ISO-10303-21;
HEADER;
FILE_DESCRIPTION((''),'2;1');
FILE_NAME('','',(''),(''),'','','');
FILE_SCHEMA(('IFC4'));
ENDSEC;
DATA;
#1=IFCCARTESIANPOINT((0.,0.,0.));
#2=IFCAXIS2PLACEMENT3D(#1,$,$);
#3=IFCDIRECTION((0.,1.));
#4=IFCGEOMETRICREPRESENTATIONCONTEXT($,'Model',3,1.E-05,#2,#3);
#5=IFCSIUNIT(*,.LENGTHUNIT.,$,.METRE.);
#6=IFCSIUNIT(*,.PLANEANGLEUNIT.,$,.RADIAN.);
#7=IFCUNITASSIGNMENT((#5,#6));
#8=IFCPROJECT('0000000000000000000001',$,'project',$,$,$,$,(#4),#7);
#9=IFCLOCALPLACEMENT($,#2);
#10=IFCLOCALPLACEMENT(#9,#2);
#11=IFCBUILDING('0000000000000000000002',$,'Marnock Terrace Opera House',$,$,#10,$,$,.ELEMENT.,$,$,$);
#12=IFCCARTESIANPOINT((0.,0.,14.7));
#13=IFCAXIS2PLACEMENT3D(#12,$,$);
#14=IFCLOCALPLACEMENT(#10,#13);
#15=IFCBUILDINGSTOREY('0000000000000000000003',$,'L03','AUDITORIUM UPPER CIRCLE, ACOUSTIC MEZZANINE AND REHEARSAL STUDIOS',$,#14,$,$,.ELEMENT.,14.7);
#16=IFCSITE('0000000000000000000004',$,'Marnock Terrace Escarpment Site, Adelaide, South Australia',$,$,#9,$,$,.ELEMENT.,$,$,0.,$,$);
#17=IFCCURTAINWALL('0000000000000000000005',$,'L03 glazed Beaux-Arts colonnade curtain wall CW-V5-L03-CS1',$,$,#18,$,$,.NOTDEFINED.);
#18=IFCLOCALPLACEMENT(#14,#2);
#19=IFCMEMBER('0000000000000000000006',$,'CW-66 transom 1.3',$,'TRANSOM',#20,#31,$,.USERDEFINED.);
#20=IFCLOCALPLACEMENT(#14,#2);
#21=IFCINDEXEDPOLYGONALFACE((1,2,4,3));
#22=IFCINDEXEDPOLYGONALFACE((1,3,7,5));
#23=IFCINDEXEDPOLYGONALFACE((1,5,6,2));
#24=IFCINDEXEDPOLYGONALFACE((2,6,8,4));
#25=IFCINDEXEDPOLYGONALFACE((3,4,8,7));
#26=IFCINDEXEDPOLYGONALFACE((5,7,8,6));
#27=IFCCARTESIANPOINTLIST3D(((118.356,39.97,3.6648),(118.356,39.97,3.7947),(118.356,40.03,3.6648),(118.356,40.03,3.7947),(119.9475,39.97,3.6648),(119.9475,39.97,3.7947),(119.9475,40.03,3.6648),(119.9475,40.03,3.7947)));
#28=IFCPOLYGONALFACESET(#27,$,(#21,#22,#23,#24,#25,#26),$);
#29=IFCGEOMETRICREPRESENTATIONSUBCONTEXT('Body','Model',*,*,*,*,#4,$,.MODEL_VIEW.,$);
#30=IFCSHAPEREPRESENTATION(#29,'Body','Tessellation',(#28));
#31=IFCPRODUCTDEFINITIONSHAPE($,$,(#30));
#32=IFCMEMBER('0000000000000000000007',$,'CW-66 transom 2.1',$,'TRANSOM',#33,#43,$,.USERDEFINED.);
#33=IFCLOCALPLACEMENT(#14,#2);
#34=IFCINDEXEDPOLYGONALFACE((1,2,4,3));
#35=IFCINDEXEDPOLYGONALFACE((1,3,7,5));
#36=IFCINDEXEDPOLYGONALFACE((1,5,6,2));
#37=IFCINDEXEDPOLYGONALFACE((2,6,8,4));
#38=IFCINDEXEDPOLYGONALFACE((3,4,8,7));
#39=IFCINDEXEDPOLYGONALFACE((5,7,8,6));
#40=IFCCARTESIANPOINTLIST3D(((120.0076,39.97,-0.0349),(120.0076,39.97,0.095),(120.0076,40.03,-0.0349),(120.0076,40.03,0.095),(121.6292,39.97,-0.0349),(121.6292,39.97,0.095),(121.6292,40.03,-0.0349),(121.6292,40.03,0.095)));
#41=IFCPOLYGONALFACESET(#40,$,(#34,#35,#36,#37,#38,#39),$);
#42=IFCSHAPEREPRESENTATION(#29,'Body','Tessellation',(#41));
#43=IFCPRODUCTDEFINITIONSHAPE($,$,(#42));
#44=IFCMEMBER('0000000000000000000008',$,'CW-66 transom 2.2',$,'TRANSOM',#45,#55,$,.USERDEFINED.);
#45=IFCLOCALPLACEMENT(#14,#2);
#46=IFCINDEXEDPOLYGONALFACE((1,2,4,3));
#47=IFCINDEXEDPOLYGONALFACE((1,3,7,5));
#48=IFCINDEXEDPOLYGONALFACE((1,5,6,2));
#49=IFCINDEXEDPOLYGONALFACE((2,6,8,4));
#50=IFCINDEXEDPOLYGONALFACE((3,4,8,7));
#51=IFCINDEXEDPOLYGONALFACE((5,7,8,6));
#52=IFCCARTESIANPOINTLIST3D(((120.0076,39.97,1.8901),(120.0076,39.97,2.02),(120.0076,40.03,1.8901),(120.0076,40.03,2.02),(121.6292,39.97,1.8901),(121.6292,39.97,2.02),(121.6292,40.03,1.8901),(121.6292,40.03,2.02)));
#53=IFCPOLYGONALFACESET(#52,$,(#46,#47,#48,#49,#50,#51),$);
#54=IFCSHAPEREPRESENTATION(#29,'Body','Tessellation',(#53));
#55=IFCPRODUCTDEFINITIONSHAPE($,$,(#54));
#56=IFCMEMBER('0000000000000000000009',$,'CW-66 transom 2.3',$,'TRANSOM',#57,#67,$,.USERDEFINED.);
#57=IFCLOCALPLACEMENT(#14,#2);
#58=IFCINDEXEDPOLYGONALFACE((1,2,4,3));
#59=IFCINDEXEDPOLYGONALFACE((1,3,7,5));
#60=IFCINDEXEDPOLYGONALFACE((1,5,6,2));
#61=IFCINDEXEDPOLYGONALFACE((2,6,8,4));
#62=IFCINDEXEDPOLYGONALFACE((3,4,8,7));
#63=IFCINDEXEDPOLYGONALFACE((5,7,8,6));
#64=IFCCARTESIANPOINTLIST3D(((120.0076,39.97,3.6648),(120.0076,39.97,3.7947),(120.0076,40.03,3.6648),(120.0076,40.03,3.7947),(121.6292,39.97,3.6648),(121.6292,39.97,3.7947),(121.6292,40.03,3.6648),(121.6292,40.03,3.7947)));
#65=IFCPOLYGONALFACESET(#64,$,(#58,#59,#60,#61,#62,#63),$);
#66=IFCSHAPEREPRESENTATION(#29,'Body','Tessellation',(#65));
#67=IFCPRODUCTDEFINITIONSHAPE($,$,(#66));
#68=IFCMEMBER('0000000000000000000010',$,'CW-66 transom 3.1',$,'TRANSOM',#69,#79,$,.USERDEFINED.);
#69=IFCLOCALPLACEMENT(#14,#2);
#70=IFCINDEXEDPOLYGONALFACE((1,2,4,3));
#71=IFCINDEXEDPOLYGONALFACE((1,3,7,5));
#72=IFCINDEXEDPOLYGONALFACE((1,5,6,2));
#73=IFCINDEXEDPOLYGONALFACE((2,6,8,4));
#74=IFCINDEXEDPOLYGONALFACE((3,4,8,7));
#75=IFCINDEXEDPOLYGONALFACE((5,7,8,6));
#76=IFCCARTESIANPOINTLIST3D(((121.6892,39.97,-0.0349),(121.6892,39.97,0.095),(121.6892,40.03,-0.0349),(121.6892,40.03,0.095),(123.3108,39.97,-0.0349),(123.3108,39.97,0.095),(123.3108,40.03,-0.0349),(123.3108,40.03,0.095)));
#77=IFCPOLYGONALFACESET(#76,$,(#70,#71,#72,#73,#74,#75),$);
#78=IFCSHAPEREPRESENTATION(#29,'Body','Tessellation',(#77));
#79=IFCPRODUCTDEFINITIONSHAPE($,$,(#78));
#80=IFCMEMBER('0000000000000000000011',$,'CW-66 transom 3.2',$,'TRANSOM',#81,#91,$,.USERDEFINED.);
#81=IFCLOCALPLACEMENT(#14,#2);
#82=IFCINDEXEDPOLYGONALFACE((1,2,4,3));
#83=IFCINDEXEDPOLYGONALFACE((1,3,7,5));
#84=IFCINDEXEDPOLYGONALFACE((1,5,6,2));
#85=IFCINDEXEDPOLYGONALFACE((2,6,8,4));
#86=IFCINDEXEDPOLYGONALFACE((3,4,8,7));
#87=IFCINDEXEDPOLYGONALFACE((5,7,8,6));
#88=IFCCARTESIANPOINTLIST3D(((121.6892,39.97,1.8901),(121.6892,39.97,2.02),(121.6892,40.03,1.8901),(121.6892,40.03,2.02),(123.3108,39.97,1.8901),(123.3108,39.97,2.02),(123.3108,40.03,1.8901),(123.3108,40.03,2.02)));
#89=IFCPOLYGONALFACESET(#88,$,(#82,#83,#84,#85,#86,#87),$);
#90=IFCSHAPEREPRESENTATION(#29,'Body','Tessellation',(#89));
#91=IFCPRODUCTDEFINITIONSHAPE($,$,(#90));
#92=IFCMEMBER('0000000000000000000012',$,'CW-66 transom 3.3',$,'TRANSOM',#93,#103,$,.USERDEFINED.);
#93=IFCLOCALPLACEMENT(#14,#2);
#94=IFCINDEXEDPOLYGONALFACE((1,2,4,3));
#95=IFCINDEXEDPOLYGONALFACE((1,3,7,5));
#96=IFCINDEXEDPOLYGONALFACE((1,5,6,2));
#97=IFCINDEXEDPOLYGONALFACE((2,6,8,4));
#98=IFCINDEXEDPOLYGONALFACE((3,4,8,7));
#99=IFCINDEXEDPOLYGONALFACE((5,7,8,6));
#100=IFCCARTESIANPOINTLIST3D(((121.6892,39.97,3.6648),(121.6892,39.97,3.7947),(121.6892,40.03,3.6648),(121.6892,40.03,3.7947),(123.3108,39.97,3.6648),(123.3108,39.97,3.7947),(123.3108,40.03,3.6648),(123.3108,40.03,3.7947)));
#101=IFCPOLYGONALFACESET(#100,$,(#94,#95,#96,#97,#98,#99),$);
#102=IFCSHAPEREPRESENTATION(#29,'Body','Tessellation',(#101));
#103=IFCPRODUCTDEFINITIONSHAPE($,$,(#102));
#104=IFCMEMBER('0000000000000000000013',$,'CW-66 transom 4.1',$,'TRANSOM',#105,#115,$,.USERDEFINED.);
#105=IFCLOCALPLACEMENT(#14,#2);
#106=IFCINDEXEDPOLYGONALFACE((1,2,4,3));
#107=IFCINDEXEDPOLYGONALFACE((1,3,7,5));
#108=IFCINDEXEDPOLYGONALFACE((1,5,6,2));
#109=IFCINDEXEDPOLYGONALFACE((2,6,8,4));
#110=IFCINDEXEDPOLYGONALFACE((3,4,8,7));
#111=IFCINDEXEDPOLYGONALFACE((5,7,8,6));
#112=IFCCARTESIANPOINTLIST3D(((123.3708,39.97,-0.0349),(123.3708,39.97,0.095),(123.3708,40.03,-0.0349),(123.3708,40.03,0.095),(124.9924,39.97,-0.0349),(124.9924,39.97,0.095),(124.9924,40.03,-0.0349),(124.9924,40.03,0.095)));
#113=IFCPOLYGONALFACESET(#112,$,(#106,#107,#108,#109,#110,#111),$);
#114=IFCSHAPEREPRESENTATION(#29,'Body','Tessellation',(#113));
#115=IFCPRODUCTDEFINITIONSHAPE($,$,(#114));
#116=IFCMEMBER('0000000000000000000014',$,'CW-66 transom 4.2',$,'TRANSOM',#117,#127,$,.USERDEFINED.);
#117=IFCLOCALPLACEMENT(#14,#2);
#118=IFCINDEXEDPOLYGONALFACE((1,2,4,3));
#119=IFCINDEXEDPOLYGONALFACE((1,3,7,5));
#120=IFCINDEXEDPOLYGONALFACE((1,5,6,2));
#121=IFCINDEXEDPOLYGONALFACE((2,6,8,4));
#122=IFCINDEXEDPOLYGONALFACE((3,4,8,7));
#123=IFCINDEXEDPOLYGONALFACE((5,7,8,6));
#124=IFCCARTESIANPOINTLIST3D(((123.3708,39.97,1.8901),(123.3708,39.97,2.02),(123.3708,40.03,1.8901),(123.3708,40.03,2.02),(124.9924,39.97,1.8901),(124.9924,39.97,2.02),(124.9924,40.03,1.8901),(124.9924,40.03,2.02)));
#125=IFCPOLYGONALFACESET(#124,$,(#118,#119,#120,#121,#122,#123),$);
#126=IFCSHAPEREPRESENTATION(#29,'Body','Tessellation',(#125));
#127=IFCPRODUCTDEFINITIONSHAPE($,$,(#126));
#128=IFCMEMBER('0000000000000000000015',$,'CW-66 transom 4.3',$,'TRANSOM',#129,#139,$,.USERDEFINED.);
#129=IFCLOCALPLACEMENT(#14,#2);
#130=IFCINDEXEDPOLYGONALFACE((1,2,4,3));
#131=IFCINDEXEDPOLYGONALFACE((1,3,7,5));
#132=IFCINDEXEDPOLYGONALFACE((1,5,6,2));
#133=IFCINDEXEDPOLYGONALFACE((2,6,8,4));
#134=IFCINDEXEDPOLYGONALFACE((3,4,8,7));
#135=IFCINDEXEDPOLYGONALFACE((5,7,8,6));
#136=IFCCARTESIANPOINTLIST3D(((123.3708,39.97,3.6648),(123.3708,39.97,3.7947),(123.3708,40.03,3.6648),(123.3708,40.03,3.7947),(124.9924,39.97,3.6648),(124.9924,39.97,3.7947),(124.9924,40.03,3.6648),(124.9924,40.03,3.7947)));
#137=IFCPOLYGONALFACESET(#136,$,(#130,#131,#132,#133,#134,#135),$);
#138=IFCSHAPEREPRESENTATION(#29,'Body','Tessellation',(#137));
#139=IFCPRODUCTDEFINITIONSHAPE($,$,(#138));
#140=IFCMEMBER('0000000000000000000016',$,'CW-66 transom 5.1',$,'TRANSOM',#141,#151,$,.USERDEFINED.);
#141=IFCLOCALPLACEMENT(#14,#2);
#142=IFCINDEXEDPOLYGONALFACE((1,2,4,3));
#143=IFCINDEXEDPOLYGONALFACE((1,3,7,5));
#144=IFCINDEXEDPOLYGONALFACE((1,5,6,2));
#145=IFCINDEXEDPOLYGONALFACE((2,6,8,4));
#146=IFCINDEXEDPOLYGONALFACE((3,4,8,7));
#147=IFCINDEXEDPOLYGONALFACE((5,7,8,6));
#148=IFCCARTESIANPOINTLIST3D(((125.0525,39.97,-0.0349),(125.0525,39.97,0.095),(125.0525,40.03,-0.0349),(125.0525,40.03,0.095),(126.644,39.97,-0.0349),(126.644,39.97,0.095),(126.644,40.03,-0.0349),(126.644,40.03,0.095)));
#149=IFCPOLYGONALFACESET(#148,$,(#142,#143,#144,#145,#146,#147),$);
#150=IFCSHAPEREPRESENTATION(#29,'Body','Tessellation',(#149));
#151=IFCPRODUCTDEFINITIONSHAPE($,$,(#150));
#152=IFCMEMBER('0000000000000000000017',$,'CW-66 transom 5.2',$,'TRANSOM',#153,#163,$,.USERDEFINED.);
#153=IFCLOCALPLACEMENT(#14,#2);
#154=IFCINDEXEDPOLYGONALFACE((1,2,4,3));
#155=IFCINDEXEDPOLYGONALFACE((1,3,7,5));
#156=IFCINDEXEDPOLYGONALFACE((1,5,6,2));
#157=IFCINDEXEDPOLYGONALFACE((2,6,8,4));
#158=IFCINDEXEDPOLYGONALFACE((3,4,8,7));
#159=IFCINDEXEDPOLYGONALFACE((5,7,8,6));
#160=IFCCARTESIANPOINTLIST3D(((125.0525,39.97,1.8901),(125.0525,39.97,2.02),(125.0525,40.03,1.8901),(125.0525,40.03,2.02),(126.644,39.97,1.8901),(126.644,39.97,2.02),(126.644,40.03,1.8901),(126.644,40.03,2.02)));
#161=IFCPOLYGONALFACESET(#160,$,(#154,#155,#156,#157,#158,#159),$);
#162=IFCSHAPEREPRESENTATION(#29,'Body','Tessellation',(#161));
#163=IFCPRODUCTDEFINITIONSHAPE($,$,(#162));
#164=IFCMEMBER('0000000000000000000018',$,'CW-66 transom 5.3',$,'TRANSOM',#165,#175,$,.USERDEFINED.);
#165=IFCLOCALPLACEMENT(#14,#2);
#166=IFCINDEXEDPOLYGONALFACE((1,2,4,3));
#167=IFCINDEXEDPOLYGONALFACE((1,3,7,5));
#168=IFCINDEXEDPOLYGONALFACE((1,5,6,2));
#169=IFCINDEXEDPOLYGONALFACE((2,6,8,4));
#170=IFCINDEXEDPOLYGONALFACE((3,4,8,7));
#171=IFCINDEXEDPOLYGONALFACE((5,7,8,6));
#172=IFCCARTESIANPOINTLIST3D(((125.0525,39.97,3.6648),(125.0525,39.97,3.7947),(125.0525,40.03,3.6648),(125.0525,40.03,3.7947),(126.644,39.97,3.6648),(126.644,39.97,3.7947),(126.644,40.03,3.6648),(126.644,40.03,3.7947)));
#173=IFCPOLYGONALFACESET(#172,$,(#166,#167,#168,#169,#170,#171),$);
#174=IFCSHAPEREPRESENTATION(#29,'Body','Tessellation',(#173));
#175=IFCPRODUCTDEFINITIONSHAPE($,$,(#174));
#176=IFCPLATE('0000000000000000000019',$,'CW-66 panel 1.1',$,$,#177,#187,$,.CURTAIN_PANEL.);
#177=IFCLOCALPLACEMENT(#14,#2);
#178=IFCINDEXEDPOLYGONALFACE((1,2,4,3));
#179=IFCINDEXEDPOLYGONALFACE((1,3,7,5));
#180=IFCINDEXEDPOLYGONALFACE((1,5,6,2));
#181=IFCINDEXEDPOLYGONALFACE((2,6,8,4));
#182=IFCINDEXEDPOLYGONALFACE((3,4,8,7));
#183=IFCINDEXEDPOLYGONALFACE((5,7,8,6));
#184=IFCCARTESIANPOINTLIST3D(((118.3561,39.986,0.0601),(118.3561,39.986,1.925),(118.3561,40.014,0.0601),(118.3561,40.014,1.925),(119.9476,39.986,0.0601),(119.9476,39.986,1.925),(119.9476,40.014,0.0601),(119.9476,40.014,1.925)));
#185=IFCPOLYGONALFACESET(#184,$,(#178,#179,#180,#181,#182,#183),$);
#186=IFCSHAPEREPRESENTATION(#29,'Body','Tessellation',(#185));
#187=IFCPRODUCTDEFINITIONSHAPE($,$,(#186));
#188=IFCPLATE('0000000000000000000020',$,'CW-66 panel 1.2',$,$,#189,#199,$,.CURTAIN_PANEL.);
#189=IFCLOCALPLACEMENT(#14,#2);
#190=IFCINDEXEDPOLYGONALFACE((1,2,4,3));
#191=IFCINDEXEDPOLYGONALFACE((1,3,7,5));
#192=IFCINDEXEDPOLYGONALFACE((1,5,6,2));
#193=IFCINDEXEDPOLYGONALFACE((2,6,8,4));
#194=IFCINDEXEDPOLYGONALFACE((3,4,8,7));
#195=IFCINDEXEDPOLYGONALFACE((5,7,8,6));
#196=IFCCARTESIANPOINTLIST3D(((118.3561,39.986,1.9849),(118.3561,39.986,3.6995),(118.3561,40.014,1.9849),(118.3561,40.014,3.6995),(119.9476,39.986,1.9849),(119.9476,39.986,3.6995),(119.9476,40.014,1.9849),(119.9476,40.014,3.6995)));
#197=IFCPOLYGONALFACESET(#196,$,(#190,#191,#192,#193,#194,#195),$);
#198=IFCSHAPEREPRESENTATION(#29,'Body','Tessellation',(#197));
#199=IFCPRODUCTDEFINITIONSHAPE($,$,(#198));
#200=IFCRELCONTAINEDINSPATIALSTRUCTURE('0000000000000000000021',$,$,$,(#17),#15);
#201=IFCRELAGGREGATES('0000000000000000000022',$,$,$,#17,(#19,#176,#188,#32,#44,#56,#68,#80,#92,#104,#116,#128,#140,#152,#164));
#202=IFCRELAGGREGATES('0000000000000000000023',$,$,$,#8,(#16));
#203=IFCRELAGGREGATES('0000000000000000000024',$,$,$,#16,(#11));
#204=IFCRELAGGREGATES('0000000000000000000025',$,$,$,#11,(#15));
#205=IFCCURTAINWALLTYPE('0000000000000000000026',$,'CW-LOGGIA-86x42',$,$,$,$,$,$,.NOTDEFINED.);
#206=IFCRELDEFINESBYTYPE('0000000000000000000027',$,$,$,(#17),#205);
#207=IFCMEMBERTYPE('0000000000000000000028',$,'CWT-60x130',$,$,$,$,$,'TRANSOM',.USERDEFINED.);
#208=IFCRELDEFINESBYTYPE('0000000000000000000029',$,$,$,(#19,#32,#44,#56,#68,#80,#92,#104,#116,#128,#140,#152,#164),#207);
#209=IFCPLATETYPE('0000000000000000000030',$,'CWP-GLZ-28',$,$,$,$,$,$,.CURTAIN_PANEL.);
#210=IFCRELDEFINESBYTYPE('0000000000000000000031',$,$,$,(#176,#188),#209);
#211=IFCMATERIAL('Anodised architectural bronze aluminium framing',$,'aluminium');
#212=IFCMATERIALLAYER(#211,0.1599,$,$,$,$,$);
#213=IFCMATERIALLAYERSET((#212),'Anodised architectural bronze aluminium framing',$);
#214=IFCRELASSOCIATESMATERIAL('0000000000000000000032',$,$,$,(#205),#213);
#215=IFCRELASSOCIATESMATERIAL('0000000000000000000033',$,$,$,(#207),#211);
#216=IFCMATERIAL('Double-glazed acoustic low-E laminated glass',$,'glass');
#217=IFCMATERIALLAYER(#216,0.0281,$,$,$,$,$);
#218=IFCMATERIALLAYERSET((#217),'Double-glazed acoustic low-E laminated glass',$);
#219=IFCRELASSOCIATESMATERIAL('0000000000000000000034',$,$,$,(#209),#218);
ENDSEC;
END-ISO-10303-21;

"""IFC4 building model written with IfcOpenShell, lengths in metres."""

from ifc_helpers import new_model, si_unit, direction, frame, origin, origin_2d, place, context, subcontext, project, spatial, rectangle, extrude, material, layer, layer_set, material_profile, profile_set, type_object, element, aggregate, save


model = new_model("IFC4")

# Units and contexts
model_context = context("Model", 3, precision=1e-05, world=origin(), true_north=direction((0.0, 1.0)))
body_context = subcontext(model_context, "Body", "Model", "MODEL_VIEW")
ifc_project = project(units=[si_unit("LENGTHUNIT", "METRE"), si_unit("PLANEANGLEUNIT", "RADIAN")], contexts=[model_context])

# Site, building, storey
site_placement = place(None, origin())
site = spatial("IfcSite", under=ifc_project, at=site_placement, Name="Marnock Terrace Escarpment Site, Adelaide, South Australia", CompositionType="ELEMENT", RefElevation=0.0)
building_placement = place(site_placement, origin())
building = spatial("IfcBuilding", under=site, at=building_placement, Name="Marnock Terrace Opera House", CompositionType="ELEMENT")
storey_placement = place(building_placement, frame((0.0, 0.0, 14.7)))
storey = spatial("IfcBuildingStorey", under=building, at=storey_placement, Name="L03", Description="AUDITORIUM UPPER CIRCLE, ACOUSTIC MEZZANINE AND REHEARSAL STUDIOS", CompositionType="ELEMENT", Elevation=14.7)

# Shared definitions
ifc_material_1 = material(Name="Anodised architectural bronze aluminium framing", Category="aluminium")
ifc_layer_1 = layer(ifc_material_1, 0.1599)
ifc_layer_set_1 = layer_set([ifc_layer_1], Name="Anodised architectural bronze aluminium framing")
curtain_wall_type = type_object("IfcCurtainWallType", Name="CW-LOGGIA-86x42", PredefinedType="NOTDEFINED", material=ifc_layer_set_1)

# Curtain wall, members, plates
curtain_wall_1_placement = place(storey_placement, origin())
curtain_wall_1 = element("IfcCurtainWall", 1, at=curtain_wall_1_placement, inside=storey, type_object=curtain_wall_type, Name="L03 glazed Beaux-Arts colonnade curtain wall CW-V5-L03-CS1", PredefinedType="NOTDEFINED")
ifc_material_profile_1 = material_profile(ifc_material_1, rectangle(XDim=0.0601, YDim=0.1299, at=origin_2d()))
ifc_profile_set_1 = profile_set([ifc_material_profile_1], Name="Anodised architectural bronze aluminium framing")
member_type_1 = type_object("IfcMemberType", Name="CWT-60x130", ElementType="TRANSOM", PredefinedType="USERDEFINED", material=ifc_profile_set_1)
member_1_placement = place(storey_placement, frame((118.356, 40.0, 3.7297), z_axis=(1.0, 0.0, 0.0), x_axis=(0.0, 1.0, 0.0)))
member_1 = element("IfcMember", 2, at=member_1_placement, type_object=member_type_1, Name="CW-66 transom 1.3", ObjectType="TRANSOM", PredefinedType="USERDEFINED", context=body_context, shape_type="SweptSolid", body=[
    extrude(rectangle(XDim=0.0601, YDim=0.1299, at=origin_2d()), origin(), (0.0, 0.0, 1.0), 1.5916),
])
member_2_placement = place(storey_placement, frame((120.0076, 40.0, 0.03), z_axis=(1.0, 0.0, 0.0), x_axis=(0.0, 1.0, 0.0)))
member_2 = element("IfcMember", 3, at=member_2_placement, type_object=member_type_1, Name="CW-66 transom 2.1", ObjectType="TRANSOM", PredefinedType="USERDEFINED", context=body_context, shape_type="SweptSolid", body=[
    extrude(rectangle(XDim=0.0601, YDim=0.1299, at=origin_2d()), origin(), (0.0, 0.0, 1.0), 1.6216),
])
member_3_placement = place(storey_placement, frame((120.0076, 40.0, 1.9551), z_axis=(1.0, 0.0, 0.0), x_axis=(0.0, 1.0, 0.0)))
member_3 = element("IfcMember", 4, at=member_3_placement, type_object=member_type_1, Name="CW-66 transom 2.2", ObjectType="TRANSOM", PredefinedType="USERDEFINED", context=body_context, shape_type="SweptSolid", body=[
    extrude(rectangle(XDim=0.0601, YDim=0.1299, at=origin_2d()), origin(), (0.0, 0.0, 1.0), 1.6216),
])
member_4_placement = place(storey_placement, frame((120.0076, 40.0, 3.7297), z_axis=(1.0, 0.0, 0.0), x_axis=(0.0, 1.0, 0.0)))
member_4 = element("IfcMember", 5, at=member_4_placement, type_object=member_type_1, Name="CW-66 transom 2.3", ObjectType="TRANSOM", PredefinedType="USERDEFINED", context=body_context, shape_type="SweptSolid", body=[
    extrude(rectangle(XDim=0.0601, YDim=0.1299, at=origin_2d()), origin(), (0.0, 0.0, 1.0), 1.6216),
])
member_5_placement = place(storey_placement, frame((121.6892, 40.0, 0.03), z_axis=(1.0, 0.0, 0.0), x_axis=(0.0, 1.0, 0.0)))
member_5 = element("IfcMember", 6, at=member_5_placement, type_object=member_type_1, Name="CW-66 transom 3.1", ObjectType="TRANSOM", PredefinedType="USERDEFINED", context=body_context, shape_type="SweptSolid", body=[
    extrude(rectangle(XDim=0.0601, YDim=0.1299, at=origin_2d()), origin(), (0.0, 0.0, 1.0), 1.6216),
])
member_6_placement = place(storey_placement, frame((121.6892, 40.0, 1.9551), z_axis=(1.0, 0.0, 0.0), x_axis=(0.0, 1.0, 0.0)))
member_6 = element("IfcMember", 7, at=member_6_placement, type_object=member_type_1, Name="CW-66 transom 3.2", ObjectType="TRANSOM", PredefinedType="USERDEFINED", context=body_context, shape_type="SweptSolid", body=[
    extrude(rectangle(XDim=0.0601, YDim=0.1299, at=origin_2d()), origin(), (0.0, 0.0, 1.0), 1.6216),
])
member_7_placement = place(storey_placement, frame((121.6892, 40.0, 3.7297), z_axis=(1.0, 0.0, 0.0), x_axis=(0.0, 1.0, 0.0)))
member_7 = element("IfcMember", 8, at=member_7_placement, type_object=member_type_1, Name="CW-66 transom 3.3", ObjectType="TRANSOM", PredefinedType="USERDEFINED", context=body_context, shape_type="SweptSolid", body=[
    extrude(rectangle(XDim=0.0601, YDim=0.1299, at=origin_2d()), origin(), (0.0, 0.0, 1.0), 1.6216),
])
member_8_placement = place(storey_placement, frame((123.3708, 40.0, 0.03), z_axis=(1.0, 0.0, 0.0), x_axis=(0.0, 1.0, 0.0)))
member_8 = element("IfcMember", 9, at=member_8_placement, type_object=member_type_1, Name="CW-66 transom 4.1", ObjectType="TRANSOM", PredefinedType="USERDEFINED", context=body_context, shape_type="SweptSolid", body=[
    extrude(rectangle(XDim=0.0601, YDim=0.1299, at=origin_2d()), origin(), (0.0, 0.0, 1.0), 1.6216),
])
member_9_placement = place(storey_placement, frame((123.3708, 40.0, 1.9551), z_axis=(1.0, 0.0, 0.0), x_axis=(0.0, 1.0, 0.0)))
member_9 = element("IfcMember", 10, at=member_9_placement, type_object=member_type_1, Name="CW-66 transom 4.2", ObjectType="TRANSOM", PredefinedType="USERDEFINED", context=body_context, shape_type="SweptSolid", body=[
    extrude(rectangle(XDim=0.0601, YDim=0.1299, at=origin_2d()), origin(), (0.0, 0.0, 1.0), 1.6216),
])
member_10_placement = place(storey_placement, frame((123.3708, 40.0, 3.7297), z_axis=(1.0, 0.0, 0.0), x_axis=(0.0, 1.0, 0.0)))
member_10 = element("IfcMember", 11, at=member_10_placement, type_object=member_type_1, Name="CW-66 transom 4.3", ObjectType="TRANSOM", PredefinedType="USERDEFINED", context=body_context, shape_type="SweptSolid", body=[
    extrude(rectangle(XDim=0.0601, YDim=0.1299, at=origin_2d()), origin(), (0.0, 0.0, 1.0), 1.6216),
])
member_11_placement = place(storey_placement, frame((125.0525, 40.0, 0.03), z_axis=(1.0, 0.0, 0.0), x_axis=(0.0, 1.0, 0.0)))
member_11 = element("IfcMember", 12, at=member_11_placement, type_object=member_type_1, Name="CW-66 transom 5.1", ObjectType="TRANSOM", PredefinedType="USERDEFINED", context=body_context, shape_type="SweptSolid", body=[
    extrude(rectangle(XDim=0.0601, YDim=0.1299, at=origin_2d()), origin(), (0.0, 0.0, 1.0), 1.5916),
])
member_12_placement = place(storey_placement, frame((125.0525, 40.0, 1.9551), z_axis=(1.0, 0.0, 0.0), x_axis=(0.0, 1.0, 0.0)))
member_12 = element("IfcMember", 13, at=member_12_placement, type_object=member_type_1, Name="CW-66 transom 5.2", ObjectType="TRANSOM", PredefinedType="USERDEFINED", context=body_context, shape_type="SweptSolid", body=[
    extrude(rectangle(XDim=0.0601, YDim=0.1299, at=origin_2d()), origin(), (0.0, 0.0, 1.0), 1.5916),
])
member_13_placement = place(storey_placement, frame((125.0525, 40.0, 3.7297), z_axis=(1.0, 0.0, 0.0), x_axis=(0.0, 1.0, 0.0)))
member_13 = element("IfcMember", 14, at=member_13_placement, type_object=member_type_1, Name="CW-66 transom 5.3", ObjectType="TRANSOM", PredefinedType="USERDEFINED", context=body_context, shape_type="SweptSolid", body=[
    extrude(rectangle(XDim=0.0601, YDim=0.1299, at=origin_2d()), origin(), (0.0, 0.0, 1.0), 1.5916),
])
ifc_material_2 = material(Name="Double-glazed acoustic low-E laminated glass", Category="glass")
ifc_layer_2 = layer(ifc_material_2, 0.0281)
ifc_layer_set_2 = layer_set([ifc_layer_2], Name="Double-glazed acoustic low-E laminated glass")
plate_type = type_object("IfcPlateType", Name="CWP-GLZ-28", PredefinedType="CURTAIN_PANEL", material=ifc_layer_set_2)
plate_1_placement = place(storey_placement, frame((119.1519, 40.0, 0.0601), z_axis=(0.0, 0.0, 1.0), x_axis=(1.0, 0.0, 0.0)))
plate_1 = element("IfcPlate", 15, at=plate_1_placement, type_object=plate_type, Name="CW-66 panel 1.1", PredefinedType="CURTAIN_PANEL", context=body_context, shape_type="SweptSolid", body=[
    extrude(rectangle(XDim=1.5916, YDim=0.0281, at=origin_2d()), origin(), (0.0, 0.0, 1.0), 1.865),
])
plate_2_placement = place(storey_placement, frame((119.1519, 40.0, 1.9849), z_axis=(0.0, 0.0, 1.0), x_axis=(1.0, 0.0, 0.0)))
plate_2 = element("IfcPlate", 16, at=plate_2_placement, type_object=plate_type, Name="CW-66 panel 1.2", PredefinedType="CURTAIN_PANEL", context=body_context, shape_type="SweptSolid", body=[
    extrude(rectangle(XDim=1.5916, YDim=0.0281, at=origin_2d()), origin(), (0.0, 0.0, 1.0), 1.7146),
])
aggregate(curtain_wall_1, [member_1, plate_1, plate_2, member_2, member_3, member_4, member_5, member_6, member_7, member_8, member_9, member_10, member_11, member_12, member_13])

save(model, "model.ifc")
